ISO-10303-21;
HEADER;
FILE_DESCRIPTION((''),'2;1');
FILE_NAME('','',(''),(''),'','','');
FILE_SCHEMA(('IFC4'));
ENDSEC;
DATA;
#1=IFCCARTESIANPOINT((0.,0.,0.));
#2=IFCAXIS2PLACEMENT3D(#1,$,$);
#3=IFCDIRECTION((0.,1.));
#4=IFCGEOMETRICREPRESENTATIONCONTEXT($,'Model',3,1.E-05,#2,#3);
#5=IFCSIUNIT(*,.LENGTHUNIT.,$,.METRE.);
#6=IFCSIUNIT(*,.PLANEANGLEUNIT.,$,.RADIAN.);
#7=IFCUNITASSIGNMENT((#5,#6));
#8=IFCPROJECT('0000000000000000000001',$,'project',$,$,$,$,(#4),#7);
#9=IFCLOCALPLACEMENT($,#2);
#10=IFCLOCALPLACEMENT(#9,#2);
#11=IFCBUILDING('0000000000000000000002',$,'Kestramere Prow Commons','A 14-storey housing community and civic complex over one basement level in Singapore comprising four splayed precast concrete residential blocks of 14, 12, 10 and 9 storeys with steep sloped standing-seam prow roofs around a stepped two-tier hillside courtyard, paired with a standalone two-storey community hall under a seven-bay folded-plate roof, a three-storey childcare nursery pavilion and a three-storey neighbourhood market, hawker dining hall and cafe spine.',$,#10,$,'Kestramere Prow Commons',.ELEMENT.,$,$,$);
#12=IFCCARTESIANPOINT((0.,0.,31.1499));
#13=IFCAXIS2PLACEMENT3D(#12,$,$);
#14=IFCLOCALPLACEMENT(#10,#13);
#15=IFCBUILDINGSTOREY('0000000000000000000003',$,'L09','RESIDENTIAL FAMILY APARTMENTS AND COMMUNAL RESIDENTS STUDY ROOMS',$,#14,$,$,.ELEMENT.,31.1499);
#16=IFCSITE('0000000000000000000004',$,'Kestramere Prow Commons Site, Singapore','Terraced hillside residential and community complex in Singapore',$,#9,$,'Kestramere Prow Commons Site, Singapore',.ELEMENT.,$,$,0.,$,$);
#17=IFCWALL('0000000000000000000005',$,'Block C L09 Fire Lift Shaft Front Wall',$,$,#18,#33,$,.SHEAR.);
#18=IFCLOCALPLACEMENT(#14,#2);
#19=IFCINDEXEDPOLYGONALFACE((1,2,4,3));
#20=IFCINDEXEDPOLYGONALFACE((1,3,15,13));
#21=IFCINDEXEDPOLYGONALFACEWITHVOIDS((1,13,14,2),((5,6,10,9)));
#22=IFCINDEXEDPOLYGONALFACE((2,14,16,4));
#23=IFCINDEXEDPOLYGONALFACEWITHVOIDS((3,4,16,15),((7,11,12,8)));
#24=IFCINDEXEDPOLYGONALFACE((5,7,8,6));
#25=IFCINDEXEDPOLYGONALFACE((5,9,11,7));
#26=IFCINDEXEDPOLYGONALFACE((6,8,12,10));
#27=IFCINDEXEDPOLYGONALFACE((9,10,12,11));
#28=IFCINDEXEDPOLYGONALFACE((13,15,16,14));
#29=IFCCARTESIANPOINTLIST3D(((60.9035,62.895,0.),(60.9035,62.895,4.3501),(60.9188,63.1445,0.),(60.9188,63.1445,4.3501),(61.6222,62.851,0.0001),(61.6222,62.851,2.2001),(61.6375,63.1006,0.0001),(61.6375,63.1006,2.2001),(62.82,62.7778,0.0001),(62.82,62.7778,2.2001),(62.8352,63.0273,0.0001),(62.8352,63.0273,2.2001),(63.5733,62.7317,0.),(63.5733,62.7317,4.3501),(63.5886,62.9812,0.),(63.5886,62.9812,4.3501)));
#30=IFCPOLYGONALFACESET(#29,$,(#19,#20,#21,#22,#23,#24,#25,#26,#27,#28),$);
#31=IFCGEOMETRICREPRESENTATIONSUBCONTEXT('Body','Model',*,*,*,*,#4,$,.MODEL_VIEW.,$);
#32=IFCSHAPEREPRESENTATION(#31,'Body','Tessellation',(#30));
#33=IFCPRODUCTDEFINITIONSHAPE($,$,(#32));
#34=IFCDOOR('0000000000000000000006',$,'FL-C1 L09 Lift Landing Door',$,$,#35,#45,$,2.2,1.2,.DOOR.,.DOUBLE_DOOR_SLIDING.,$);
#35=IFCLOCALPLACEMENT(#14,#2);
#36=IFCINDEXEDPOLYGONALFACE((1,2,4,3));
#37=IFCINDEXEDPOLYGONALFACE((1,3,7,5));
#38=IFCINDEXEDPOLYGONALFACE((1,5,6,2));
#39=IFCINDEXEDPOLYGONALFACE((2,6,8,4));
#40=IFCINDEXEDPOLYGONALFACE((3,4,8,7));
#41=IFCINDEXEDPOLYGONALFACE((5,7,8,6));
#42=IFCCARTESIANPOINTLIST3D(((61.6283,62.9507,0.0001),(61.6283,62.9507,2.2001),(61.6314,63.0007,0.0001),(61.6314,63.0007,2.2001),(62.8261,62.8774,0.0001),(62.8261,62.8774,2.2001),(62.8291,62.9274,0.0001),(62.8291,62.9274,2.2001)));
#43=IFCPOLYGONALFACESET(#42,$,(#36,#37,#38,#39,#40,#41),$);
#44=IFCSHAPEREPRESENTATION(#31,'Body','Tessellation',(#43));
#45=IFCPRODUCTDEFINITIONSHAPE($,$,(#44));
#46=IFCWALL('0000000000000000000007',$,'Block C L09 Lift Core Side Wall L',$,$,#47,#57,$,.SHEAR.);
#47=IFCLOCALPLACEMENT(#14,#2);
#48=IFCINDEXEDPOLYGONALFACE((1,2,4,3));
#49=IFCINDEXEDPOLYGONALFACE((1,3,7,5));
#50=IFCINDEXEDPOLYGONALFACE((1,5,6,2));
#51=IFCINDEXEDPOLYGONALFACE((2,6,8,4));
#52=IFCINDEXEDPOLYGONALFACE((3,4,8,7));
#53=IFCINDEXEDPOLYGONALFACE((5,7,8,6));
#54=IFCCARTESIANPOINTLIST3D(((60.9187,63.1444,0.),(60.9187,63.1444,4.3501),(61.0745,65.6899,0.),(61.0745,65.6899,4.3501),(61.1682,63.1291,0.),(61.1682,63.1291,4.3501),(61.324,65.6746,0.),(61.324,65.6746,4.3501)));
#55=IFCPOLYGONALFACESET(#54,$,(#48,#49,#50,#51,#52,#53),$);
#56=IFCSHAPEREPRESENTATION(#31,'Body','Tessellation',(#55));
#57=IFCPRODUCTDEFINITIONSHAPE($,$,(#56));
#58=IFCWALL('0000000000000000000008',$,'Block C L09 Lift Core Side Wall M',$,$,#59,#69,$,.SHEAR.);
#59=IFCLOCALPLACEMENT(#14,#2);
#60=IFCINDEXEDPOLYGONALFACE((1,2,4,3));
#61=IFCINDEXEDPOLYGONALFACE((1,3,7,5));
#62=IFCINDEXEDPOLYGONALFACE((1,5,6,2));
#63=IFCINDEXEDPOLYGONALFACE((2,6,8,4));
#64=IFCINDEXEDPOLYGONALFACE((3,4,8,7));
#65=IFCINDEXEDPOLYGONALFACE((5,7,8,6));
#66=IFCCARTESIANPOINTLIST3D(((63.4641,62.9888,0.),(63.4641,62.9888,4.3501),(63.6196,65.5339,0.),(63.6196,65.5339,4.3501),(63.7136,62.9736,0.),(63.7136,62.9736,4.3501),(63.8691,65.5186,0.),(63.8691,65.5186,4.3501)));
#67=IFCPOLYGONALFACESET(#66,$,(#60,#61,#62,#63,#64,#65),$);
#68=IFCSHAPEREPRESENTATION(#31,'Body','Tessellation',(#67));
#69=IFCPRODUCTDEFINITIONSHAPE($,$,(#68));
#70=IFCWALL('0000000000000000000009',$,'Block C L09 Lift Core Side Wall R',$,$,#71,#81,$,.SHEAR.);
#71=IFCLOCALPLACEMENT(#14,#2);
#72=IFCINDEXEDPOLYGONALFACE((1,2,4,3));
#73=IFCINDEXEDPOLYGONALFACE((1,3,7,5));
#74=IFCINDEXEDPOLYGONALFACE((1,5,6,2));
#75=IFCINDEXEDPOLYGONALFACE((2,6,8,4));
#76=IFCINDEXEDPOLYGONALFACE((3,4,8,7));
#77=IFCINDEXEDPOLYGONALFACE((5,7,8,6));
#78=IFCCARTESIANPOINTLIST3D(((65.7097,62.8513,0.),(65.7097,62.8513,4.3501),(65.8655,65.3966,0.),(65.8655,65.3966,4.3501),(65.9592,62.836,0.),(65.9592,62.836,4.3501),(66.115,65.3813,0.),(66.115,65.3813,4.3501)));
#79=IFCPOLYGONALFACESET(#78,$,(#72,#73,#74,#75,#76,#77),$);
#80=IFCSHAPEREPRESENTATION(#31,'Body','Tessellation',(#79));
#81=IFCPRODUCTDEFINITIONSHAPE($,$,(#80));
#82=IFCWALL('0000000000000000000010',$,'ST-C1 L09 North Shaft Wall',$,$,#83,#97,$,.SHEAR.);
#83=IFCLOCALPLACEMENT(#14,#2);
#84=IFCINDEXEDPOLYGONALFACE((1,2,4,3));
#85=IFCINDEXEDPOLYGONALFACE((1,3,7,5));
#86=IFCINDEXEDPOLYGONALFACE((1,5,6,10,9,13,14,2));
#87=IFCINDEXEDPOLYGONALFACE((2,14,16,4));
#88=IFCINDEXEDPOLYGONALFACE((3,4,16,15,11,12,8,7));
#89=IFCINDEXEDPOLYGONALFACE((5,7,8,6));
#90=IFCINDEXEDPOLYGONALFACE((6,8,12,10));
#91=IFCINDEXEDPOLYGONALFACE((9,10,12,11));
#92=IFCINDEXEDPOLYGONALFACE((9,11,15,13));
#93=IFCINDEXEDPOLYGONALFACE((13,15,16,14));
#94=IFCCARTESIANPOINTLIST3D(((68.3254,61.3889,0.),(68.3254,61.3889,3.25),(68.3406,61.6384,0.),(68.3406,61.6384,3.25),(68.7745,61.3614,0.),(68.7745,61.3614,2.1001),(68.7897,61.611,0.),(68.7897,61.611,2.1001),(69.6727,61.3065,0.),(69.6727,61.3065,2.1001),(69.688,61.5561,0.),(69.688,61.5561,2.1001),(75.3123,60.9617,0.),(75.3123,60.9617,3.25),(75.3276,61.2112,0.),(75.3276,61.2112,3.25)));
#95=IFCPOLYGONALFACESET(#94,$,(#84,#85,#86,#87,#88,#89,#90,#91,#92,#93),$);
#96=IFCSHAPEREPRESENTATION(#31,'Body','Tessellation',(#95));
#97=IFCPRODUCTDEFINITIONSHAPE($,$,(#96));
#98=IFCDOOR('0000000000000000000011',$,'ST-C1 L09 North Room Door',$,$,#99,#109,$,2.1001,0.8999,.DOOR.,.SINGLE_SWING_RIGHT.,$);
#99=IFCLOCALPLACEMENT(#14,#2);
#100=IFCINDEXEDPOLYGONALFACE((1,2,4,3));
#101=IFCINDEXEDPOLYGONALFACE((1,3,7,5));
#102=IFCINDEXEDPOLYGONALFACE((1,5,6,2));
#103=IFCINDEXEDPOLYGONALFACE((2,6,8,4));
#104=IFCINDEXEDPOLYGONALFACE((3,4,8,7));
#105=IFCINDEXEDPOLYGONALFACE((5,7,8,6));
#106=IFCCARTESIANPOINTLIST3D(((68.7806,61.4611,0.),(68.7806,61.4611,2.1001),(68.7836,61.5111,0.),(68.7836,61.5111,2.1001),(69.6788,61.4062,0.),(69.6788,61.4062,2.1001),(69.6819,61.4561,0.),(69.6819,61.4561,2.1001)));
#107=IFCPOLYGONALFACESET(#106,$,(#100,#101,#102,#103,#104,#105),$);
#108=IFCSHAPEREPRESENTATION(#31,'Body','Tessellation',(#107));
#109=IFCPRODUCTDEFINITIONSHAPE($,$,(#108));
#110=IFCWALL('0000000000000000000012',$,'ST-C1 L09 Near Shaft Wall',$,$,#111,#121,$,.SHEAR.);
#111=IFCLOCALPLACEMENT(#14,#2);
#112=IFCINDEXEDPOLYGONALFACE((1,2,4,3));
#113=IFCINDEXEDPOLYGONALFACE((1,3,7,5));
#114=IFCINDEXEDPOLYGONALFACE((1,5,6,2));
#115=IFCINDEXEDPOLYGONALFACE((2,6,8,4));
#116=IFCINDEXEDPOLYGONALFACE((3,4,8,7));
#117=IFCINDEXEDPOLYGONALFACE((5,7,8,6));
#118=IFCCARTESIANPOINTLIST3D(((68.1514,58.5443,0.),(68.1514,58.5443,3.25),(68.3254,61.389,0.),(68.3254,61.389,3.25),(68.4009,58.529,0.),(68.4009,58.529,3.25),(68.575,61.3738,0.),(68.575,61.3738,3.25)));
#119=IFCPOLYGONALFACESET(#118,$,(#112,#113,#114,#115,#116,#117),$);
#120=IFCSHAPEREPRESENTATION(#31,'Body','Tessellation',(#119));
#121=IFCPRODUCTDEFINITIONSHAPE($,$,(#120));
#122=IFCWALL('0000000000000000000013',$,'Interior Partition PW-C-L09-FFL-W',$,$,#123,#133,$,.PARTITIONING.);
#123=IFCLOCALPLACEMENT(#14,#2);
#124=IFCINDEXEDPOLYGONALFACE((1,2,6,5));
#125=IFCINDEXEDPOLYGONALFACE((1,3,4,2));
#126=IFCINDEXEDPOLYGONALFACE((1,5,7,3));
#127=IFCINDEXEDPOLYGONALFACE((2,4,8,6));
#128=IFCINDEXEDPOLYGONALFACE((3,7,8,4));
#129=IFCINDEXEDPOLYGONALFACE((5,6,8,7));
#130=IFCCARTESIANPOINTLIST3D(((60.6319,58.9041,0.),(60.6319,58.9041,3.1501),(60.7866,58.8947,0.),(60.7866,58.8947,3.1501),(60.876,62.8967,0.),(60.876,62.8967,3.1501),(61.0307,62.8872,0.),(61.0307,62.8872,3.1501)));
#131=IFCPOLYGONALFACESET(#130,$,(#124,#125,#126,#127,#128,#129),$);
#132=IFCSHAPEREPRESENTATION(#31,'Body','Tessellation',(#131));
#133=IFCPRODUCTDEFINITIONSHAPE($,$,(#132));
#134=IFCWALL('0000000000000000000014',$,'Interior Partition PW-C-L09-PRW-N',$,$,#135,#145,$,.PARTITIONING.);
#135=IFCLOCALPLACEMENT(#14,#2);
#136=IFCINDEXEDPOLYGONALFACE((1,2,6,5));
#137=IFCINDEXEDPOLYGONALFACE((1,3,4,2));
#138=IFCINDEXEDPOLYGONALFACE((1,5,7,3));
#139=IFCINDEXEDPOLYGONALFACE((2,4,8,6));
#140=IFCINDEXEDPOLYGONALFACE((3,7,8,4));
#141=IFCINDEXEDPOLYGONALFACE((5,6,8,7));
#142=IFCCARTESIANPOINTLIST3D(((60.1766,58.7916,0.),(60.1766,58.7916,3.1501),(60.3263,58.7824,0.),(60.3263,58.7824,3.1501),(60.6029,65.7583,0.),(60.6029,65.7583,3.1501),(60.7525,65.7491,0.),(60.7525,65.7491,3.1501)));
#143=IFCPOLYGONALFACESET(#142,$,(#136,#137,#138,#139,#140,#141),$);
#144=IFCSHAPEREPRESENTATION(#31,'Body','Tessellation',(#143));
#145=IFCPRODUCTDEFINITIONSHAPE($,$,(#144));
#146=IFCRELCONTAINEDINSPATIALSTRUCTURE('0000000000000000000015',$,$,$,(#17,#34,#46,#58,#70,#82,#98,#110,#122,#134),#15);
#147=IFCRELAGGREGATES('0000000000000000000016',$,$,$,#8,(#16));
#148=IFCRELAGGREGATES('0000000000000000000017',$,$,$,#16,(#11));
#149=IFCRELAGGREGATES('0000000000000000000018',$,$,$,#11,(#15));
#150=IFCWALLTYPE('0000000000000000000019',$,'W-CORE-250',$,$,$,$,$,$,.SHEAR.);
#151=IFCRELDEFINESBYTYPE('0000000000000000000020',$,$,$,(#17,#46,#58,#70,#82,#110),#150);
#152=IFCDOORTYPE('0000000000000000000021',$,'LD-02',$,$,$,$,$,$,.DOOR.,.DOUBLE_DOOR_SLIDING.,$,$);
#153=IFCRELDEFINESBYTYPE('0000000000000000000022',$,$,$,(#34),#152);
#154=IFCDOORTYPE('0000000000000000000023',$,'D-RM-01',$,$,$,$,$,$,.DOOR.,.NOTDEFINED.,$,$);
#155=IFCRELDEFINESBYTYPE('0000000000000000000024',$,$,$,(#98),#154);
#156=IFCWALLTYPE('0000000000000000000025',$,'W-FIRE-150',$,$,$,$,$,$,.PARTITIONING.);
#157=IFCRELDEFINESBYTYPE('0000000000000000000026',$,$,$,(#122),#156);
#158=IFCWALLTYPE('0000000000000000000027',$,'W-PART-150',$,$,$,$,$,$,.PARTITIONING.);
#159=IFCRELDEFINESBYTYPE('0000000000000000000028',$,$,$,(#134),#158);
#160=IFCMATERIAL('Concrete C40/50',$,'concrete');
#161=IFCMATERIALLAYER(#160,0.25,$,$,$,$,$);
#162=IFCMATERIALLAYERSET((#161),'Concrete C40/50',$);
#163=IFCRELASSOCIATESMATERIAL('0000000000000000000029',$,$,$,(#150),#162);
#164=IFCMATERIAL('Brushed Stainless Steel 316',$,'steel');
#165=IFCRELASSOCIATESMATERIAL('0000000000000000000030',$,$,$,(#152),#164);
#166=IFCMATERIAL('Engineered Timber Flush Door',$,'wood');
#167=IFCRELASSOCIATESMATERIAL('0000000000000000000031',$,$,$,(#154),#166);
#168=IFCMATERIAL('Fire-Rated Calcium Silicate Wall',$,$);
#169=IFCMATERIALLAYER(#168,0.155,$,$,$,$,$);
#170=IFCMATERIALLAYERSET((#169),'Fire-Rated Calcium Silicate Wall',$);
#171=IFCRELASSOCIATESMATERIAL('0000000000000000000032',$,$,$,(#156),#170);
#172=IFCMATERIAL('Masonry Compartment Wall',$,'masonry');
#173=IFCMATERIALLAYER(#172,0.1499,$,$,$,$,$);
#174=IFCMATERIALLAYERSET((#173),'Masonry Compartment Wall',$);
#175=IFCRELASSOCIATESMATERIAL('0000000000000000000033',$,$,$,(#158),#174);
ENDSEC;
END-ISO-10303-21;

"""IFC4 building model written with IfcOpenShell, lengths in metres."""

from ifc_helpers import new_model, si_unit, direction, frame, frame_2d, origin, place, context, subcontext, project, spatial, rectangle, extrude, material, layer, layer_set, type_object, element, fill, save


model = new_model("IFC4")

# Units and contexts
model_context = context("Model", 3, precision=1e-05, world=origin(), true_north=direction((0.0, 1.0)))
body_context = subcontext(model_context, "Body", "Model", "MODEL_VIEW")
ifc_project = project(units=[si_unit("LENGTHUNIT", "METRE"), si_unit("PLANEANGLEUNIT", "RADIAN")], contexts=[model_context])

# Site, building, storey
site_placement = place(None, origin())
site = spatial("IfcSite", under=ifc_project, at=site_placement, Name="Kestramere Prow Commons Site, Singapore", Description="Terraced hillside residential and community complex in Singapore", LongName="Kestramere Prow Commons Site, Singapore", CompositionType="ELEMENT", RefElevation=0.0)
building_placement = place(site_placement, origin())
building = spatial("IfcBuilding", under=site, at=building_placement, Name="Kestramere Prow Commons", Description="A 14-storey housing community and civic complex over one basement level in Singapore comprising four splayed precast concrete residential blocks of 14, 12, 10 and 9 storeys with steep sloped standing-seam prow roofs around a stepped two-tier hillside courtyard, paired with a standalone two-storey community hall under a seven-bay folded-plate roof, a three-storey childcare nursery pavilion and a three-storey neighbourhood market, hawker dining hall and cafe spine.", LongName="Kestramere Prow Commons", CompositionType="ELEMENT")
storey_placement = place(building_placement, frame((0.0, 0.0, 31.1499)))
storey = spatial("IfcBuildingStorey", under=building, at=storey_placement, Name="L09", Description="RESIDENTIAL FAMILY APARTMENTS AND COMMUNAL RESIDENTS STUDY ROOMS", CompositionType="ELEMENT", Elevation=31.1499)

# Shared definitions
ifc_material_1 = material(Name="Concrete C40/50", Category="concrete")
ifc_layer_1 = layer(ifc_material_1, 0.25)
ifc_layer_set_1 = layer_set([ifc_layer_1], Name="Concrete C40/50")
wall_type_1 = type_object("IfcWallType", Name="W-CORE-250", PredefinedType="SHEAR", material=ifc_layer_set_1)

# Wall, opening, door
wall_1_placement = place(storey_placement, frame((60.9111, 63.0198, 0.0), z_axis=(0.0, 0.0, 1.0), x_axis=(0.998134, -0.06106, 0.0)))
wall_1 = element("IfcWall", 1, at=wall_1_placement, inside=storey, type_object=wall_type_1, Name="Block C L09 Fire Lift Shaft Front Wall", PredefinedType="SHEAR", context=body_context, shape_type="SweptSolid", body=[
    extrude(rectangle(XDim=2.6748, YDim=0.25, at=frame_2d((1.3374, 0.0))), origin(), (0.0, 0.0, 1.0), 4.3501),
])
opening_1_placement = place(wall_1_placement, frame((0.72, 0.0, 0.0)))
opening_1 = element("IfcOpeningElement", 2, at=opening_1_placement, cuts=wall_1, PredefinedType="OPENING", context=body_context, shape_type="SweptSolid", body=[
    extrude(rectangle(XDim=1.2, YDim=2.2, at=frame_2d((0.6001, 1.1001))), frame((0.0, 0.1399, 0.0), z_axis=(0.0, -1.0, 0.0), x_axis=(1.0, 0.0, 0.0)), (0.0, 0.0, 1.0), 0.28),
])
ifc_material_2 = material(Name="Brushed Stainless Steel 316", Category="steel")
door_type_1 = type_object("IfcDoorType", Name="LD-02", OperationType="DOUBLE_DOOR_SLIDING", PredefinedType="DOOR", material=ifc_material_2)
door_1_placement = place(opening_1_placement, origin())
door_1 = element("IfcDoor", 3, at=door_1_placement, inside=storey, type_object=door_type_1, Name="FL-C1 L09 Lift Landing Door", OperationType="DOUBLE_DOOR_SLIDING", OverallHeight=2.2, OverallWidth=1.2, PredefinedType="DOOR", context=body_context, shape_type="SweptSolid", body=[
    extrude(rectangle(XDim=1.2, YDim=2.2, at=frame_2d((0.6001, 1.1001))), frame((0.0, 0.0249, 0.0), z_axis=(0.0, -1.0, 0.0), x_axis=(1.0, 0.0, 0.0)), (0.0, 0.0, 1.0), 0.05),
])
fill(opening_1, door_1)

# Walls
wall_2_placement = place(storey_placement, frame((61.0435, 63.1367, 0.0), z_axis=(0.0, 0.0, 1.0), x_axis=(0.061079, 0.998133, 0.0)))
element("IfcWall", 4, at=wall_2_placement, inside=storey, type_object=wall_type_1, Name="Block C L09 Lift Core Side Wall L", PredefinedType="SHEAR", context=body_context, shape_type="SweptSolid", body=[
    extrude(rectangle(XDim=2.5503, YDim=0.25, at=frame_2d((1.2751, 0.0))), origin(), (0.0, 0.0, 1.0), 4.3501),
])
wall_3_placement = place(storey_placement, frame((63.5889, 62.9812, 0.0), z_axis=(0.0, 0.0, 1.0), x_axis=(0.060989, 0.998138, 0.0)))
element("IfcWall", 5, at=wall_3_placement, inside=storey, type_object=wall_type_1, Name="Block C L09 Lift Core Side Wall M", PredefinedType="SHEAR", context=body_context, shape_type="SweptSolid", body=[
    extrude(rectangle(XDim=2.5498, YDim=0.25, at=frame_2d((1.2749, 0.0))), origin(), (0.0, 0.0, 1.0), 4.3501),
])
wall_4_placement = place(storey_placement, frame((65.8345, 62.8438, 0.0), z_axis=(0.0, 0.0, 1.0), x_axis=(0.061085, 0.998133, 0.0)))
element("IfcWall", 6, at=wall_4_placement, inside=storey, type_object=wall_type_1, Name="Block C L09 Lift Core Side Wall R", PredefinedType="SHEAR", context=body_context, shape_type="SweptSolid", body=[
    extrude(rectangle(XDim=2.55, YDim=0.25, at=frame_2d((1.2749, 0.0))), origin(), (0.0, 0.0, 1.0), 4.3501),
])

# Wall, opening, door
wall_5_placement = place(storey_placement, frame((68.333, 61.5137, 0.0), z_axis=(0.0, 0.0, 1.0), x_axis=(0.998136, -0.061034, 0.0)))
wall_5 = element("IfcWall", 7, at=wall_5_placement, inside=storey, type_object=wall_type_1, Name="ST-C1 L09 North Shaft Wall", PredefinedType="SHEAR", context=body_context, shape_type="SweptSolid", body=[
    extrude(rectangle(XDim=7.0, YDim=0.25, at=frame_2d((3.5, 0.0))), origin(), (0.0, 0.0, 1.0), 3.25),
])
opening_2_placement = place(wall_5_placement, frame((0.45, 0.0, 0.0)))
opening_2 = element("IfcOpeningElement", 8, at=opening_2_placement, cuts=wall_5, PredefinedType="OPENING", context=body_context, shape_type="SweptSolid", body=[
    extrude(rectangle(XDim=0.8999, YDim=2.1001, at=frame_2d((0.45, 1.05))), frame((0.0, 0.1399, 0.0), z_axis=(0.0, -1.0, 0.0), x_axis=(1.0, 0.0, 0.0)), (0.0, 0.0, 1.0), 0.28),
])
ifc_material_3 = material(Name="Engineered Timber Flush Door", Category="wood")
door_type_2 = type_object("IfcDoorType", Name="D-RM-01", OperationType="NOTDEFINED", PredefinedType="DOOR", material=ifc_material_3)
door_2_placement = place(opening_2_placement, origin())
door_2 = element("IfcDoor", 9, at=door_2_placement, inside=storey, type_object=door_type_2, Name="ST-C1 L09 North Room Door", OperationType="SINGLE_SWING_RIGHT", OverallHeight=2.1001, OverallWidth=0.8999, PredefinedType="DOOR", context=body_context, shape_type="SweptSolid", body=[
    extrude(rectangle(XDim=0.8999, YDim=2.1001, at=frame_2d((0.45, 1.05))), frame((0.0, 0.0249, 0.0), z_axis=(0.0, -1.0, 0.0), x_axis=(1.0, 0.0, 0.0)), (0.0, 0.0, 1.0), 0.05),
])
fill(opening_2, door_2)

# Wall
wall_6_placement = place(storey_placement, frame((68.2761, 58.5366, 0.0), z_axis=(0.0, 0.0, 1.0), x_axis=(0.061077, 0.998133, 0.0)))
element("IfcWall", 10, at=wall_6_placement, inside=storey, type_object=wall_type_1, Name="ST-C1 L09 Near Shaft Wall", PredefinedType="SHEAR", context=body_context, shape_type="SweptSolid", body=[
    extrude(rectangle(XDim=2.8501, YDim=0.25, at=frame_2d((1.425, 0.0))), origin(), (0.0, 0.0, 1.0), 3.25),
])

# Shared definitions
ifc_material_4 = material(Name="Fire-Rated Calcium Silicate Wall")
ifc_layer_2 = layer(ifc_material_4, 0.155)
ifc_layer_set_2 = layer_set([ifc_layer_2], Name="Fire-Rated Calcium Silicate Wall")
wall_type_2 = type_object("IfcWallType", Name="W-FIRE-150", PredefinedType="PARTITIONING", material=ifc_layer_set_2)

# Wall
wall_7_placement = place(storey_placement, frame((60.7092, 58.8994, 0.0), z_axis=(0.0, 0.0, 1.0), x_axis=(0.061037, 0.998136, 0.0)))
element("IfcWall", 11, at=wall_7_placement, inside=storey, type_object=wall_type_2, Name="Interior Partition PW-C-L09-FFL-W", PredefinedType="PARTITIONING", context=body_context, shape_type="SweptSolid", body=[
    extrude(rectangle(XDim=4.0, YDim=0.155, at=frame_2d((2.0, 0.0))), origin(), (0.0, 0.0, 1.0), 3.1501),
])

# Wall
ifc_material_5 = material(Name="Masonry Compartment Wall", Category="masonry")
ifc_layer_3 = layer(ifc_material_5, 0.1499)
ifc_layer_set_3 = layer_set([ifc_layer_3], Name="Masonry Compartment Wall")
wall_type_3 = type_object("IfcWallType", Name="W-PART-150", PredefinedType="PARTITIONING", material=ifc_layer_set_3)
wall_8_placement = place(storey_placement, frame((60.2515, 58.7871, 0.0), z_axis=(0.0, 0.0, 1.0), x_axis=(0.061072, 0.998133, 0.0)))
element("IfcWall", 12, at=wall_8_placement, inside=storey, type_object=wall_type_3, Name="Interior Partition PW-C-L09-PRW-N", PredefinedType="PARTITIONING", context=body_context, shape_type="SweptSolid", body=[
    extrude(rectangle(XDim=6.9797, YDim=0.1499, at=frame_2d((3.4897, 0.0))), origin(), (0.0, 0.0, 1.0), 3.1501),
])

save(model, "model.ifc")
